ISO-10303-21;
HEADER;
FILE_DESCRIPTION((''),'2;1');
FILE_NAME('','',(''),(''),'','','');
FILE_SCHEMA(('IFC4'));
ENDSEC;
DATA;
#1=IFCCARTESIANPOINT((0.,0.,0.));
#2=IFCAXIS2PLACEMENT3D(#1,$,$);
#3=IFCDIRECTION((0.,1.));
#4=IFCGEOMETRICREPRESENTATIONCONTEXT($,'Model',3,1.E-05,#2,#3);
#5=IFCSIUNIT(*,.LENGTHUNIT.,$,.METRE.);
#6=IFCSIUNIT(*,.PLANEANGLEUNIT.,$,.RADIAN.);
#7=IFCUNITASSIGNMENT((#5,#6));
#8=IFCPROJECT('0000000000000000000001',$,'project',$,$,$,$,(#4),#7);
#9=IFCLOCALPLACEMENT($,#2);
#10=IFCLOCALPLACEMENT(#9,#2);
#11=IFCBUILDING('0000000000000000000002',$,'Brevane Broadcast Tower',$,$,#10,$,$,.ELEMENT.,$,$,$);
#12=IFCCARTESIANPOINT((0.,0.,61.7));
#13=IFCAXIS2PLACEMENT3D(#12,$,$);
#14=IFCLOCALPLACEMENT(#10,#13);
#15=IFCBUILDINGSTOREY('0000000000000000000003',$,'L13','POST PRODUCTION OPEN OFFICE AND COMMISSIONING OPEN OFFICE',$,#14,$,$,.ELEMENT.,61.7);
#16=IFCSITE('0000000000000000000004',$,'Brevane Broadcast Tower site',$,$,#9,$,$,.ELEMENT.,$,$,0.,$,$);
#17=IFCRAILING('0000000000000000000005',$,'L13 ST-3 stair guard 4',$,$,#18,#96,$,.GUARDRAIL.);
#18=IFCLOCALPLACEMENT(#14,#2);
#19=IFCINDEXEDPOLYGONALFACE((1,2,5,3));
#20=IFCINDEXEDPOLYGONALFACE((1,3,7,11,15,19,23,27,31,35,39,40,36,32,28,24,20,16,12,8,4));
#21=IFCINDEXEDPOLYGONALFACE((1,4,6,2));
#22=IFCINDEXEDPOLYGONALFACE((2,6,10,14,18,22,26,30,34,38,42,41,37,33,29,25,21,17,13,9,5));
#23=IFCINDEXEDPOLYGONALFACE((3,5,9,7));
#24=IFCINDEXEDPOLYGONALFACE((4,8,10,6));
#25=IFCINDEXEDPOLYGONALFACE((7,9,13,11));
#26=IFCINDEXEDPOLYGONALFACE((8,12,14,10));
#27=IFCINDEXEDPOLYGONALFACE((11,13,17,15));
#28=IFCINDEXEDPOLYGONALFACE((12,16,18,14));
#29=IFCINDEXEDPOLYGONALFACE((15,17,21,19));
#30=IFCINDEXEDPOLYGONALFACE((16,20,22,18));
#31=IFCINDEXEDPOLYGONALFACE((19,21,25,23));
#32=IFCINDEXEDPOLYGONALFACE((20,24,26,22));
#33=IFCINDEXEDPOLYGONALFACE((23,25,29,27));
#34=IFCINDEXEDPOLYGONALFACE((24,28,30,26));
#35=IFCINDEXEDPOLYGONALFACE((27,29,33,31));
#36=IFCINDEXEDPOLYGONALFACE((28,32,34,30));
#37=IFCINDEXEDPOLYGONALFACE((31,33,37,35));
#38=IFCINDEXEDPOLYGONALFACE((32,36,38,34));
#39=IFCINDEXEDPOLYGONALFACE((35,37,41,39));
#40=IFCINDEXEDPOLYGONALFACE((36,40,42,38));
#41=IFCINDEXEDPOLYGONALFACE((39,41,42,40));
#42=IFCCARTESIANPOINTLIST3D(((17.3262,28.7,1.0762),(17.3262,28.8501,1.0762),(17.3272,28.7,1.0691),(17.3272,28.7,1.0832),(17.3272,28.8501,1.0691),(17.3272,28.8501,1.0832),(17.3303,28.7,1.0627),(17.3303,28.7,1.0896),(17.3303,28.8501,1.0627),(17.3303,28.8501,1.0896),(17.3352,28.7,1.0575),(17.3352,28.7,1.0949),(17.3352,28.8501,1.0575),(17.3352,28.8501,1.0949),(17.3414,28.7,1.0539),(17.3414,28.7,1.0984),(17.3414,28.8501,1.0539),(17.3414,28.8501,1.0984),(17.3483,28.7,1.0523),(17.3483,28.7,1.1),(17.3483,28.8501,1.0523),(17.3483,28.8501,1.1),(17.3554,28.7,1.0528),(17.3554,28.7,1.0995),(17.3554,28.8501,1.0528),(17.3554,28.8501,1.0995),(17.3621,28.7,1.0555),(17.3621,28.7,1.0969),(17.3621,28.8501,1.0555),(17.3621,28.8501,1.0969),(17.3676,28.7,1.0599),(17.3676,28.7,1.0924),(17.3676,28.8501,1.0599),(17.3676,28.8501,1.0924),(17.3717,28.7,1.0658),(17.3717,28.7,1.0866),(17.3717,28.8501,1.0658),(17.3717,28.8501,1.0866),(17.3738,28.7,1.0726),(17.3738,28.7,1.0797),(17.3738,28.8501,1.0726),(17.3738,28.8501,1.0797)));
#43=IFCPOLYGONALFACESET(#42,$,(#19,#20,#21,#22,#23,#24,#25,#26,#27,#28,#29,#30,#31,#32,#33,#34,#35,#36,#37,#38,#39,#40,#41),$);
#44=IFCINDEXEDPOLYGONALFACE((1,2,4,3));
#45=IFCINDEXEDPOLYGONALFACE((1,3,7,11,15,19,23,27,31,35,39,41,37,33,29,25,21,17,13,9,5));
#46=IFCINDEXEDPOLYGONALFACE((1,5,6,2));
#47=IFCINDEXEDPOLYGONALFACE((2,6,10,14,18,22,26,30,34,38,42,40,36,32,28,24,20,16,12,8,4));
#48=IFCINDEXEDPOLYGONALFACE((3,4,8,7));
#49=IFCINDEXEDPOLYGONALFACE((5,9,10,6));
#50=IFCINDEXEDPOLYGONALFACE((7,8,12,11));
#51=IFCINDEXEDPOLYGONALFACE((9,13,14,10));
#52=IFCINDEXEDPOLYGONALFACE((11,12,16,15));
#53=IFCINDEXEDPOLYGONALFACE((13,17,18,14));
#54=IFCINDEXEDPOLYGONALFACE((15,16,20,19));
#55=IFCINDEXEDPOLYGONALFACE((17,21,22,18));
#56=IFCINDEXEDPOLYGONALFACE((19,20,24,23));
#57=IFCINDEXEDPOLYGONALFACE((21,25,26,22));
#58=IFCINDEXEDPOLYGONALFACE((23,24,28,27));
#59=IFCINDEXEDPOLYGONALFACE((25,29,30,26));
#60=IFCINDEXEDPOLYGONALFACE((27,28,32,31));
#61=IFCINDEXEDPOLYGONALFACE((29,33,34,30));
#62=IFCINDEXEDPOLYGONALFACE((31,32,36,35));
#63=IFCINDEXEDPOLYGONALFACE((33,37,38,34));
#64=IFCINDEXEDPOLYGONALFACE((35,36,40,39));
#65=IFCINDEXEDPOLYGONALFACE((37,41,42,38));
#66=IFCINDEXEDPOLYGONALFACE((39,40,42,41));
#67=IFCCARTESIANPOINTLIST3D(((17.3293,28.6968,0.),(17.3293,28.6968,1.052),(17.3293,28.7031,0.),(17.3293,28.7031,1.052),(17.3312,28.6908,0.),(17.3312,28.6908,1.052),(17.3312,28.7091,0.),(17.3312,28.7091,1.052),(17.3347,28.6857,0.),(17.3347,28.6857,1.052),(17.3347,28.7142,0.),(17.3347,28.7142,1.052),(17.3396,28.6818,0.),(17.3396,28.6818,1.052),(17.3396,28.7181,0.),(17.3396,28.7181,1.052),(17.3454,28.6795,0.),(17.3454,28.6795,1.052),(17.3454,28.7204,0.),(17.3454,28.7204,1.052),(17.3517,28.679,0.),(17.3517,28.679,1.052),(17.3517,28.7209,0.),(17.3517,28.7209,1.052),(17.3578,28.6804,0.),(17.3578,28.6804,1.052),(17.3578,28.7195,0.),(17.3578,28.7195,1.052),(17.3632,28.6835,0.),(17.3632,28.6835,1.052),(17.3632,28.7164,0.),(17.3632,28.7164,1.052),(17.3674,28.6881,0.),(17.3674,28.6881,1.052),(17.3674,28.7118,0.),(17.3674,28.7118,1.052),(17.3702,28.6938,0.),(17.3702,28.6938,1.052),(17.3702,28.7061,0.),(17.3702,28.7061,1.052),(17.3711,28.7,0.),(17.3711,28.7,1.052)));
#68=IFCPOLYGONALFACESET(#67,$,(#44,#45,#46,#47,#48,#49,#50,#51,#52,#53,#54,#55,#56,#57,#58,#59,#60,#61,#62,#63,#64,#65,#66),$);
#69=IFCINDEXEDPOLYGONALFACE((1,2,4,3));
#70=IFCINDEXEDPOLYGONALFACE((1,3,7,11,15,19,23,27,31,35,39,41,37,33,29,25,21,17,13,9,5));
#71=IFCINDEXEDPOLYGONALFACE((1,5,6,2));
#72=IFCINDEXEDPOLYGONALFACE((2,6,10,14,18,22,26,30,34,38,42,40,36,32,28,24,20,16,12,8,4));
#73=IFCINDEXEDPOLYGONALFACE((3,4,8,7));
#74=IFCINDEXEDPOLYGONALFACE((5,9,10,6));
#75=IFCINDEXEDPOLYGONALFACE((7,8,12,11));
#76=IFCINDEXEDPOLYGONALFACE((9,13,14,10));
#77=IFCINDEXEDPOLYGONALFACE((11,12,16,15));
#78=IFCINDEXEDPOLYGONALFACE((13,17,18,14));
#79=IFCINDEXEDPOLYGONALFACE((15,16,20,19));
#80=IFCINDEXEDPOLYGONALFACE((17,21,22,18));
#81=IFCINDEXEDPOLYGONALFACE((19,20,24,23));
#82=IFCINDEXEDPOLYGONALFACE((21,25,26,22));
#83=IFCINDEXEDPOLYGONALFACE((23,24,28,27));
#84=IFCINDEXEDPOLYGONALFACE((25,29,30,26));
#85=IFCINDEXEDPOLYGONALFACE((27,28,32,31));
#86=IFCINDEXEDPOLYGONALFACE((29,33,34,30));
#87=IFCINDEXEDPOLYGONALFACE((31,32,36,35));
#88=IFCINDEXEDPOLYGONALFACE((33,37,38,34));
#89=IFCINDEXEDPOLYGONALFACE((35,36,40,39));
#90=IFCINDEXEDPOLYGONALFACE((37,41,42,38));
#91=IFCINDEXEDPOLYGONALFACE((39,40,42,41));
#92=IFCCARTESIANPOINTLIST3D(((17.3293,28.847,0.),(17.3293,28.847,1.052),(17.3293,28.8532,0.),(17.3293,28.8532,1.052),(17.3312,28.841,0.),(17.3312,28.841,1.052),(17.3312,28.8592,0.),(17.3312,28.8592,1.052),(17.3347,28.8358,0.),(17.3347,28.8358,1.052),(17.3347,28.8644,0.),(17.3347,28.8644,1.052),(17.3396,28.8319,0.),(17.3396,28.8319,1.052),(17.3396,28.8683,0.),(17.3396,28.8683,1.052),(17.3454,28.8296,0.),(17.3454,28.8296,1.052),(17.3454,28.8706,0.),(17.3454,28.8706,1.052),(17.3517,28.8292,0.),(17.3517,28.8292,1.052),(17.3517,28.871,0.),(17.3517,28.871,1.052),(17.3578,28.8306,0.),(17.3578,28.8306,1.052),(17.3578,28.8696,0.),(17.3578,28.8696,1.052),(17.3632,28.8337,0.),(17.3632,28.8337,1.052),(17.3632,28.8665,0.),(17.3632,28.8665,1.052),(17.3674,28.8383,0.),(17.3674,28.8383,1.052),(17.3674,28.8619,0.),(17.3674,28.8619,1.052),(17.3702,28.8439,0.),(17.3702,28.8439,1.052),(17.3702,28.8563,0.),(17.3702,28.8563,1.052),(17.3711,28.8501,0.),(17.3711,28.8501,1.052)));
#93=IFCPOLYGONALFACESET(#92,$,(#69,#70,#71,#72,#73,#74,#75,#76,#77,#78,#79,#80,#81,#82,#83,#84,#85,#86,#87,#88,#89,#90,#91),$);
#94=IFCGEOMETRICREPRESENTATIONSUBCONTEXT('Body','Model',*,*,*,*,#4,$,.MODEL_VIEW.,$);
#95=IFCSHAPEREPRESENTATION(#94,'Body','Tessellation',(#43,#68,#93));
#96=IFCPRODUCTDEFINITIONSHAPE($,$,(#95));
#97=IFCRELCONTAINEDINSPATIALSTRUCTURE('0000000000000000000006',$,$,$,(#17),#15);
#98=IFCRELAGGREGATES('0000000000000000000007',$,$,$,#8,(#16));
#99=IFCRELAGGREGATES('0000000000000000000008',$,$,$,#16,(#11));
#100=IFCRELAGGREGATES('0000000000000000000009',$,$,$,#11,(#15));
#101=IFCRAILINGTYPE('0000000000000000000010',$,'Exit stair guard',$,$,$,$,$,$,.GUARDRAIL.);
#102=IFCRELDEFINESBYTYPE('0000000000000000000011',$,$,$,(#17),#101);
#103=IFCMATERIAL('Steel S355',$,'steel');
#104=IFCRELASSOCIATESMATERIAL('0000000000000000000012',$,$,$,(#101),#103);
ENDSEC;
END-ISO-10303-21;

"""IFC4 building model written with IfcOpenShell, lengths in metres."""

from ifc_helpers import new_model, si_unit, direction, frame, origin, origin_2d, place, context, subcontext, project, spatial, circle, extrude, material, type_object, element, save


model = new_model("IFC4")

# Units and contexts
model_context = context("Model", 3, precision=1e-05, world=origin(), true_north=direction((0.0, 1.0)))
body_context = subcontext(model_context, "Body", "Model", "MODEL_VIEW")
ifc_project = project(units=[si_unit("LENGTHUNIT", "METRE"), si_unit("PLANEANGLEUNIT", "RADIAN")], contexts=[model_context])

# Site, building, storey
site_placement = place(None, origin())
site = spatial("IfcSite", under=ifc_project, at=site_placement, Name="Brevane Broadcast Tower site", CompositionType="ELEMENT", RefElevation=0.0)
building_placement = place(site_placement, origin())
building = spatial("IfcBuilding", under=site, at=building_placement, Name="Brevane Broadcast Tower", CompositionType="ELEMENT")
storey_placement = place(building_placement, frame((0.0, 0.0, 61.7)))
storey = spatial("IfcBuildingStorey", under=building, at=storey_placement, Name="L13", Description="POST PRODUCTION OPEN OFFICE AND COMMISSIONING OPEN OFFICE", CompositionType="ELEMENT", Elevation=61.7)

# Railing
ifc_material_1 = material(Name="Steel S355", Category="steel")
railing_type_1 = type_object("IfcRailingType", Name="Exit stair guard", PredefinedType="GUARDRAIL", material=ifc_material_1)
railing_1_placement = place(storey_placement, frame((17.3501, 28.7, 0.0)))
element("IfcRailing", 1, at=railing_1_placement, inside=storey, type_object=railing_type_1, Name="L13 ST-3 stair guard 4", PredefinedType="GUARDRAIL", context=body_context, shape_type="SweptSolid", body=[
    extrude(circle(Radius=0.0239, at=origin_2d()), frame((0.0, 0.0, 1.0762), z_axis=(0.0, 1.0, 0.0), x_axis=(-1.0, 0.0, 0.0)), (0.0, 0.0, 1.0), 0.1501),
    extrude(circle(Radius=0.021, at=origin_2d()), origin(), (0.0, 0.0, 1.0), 1.052),
    extrude(circle(Radius=0.021, at=origin_2d()), frame((0.0, 0.1501, 0.0)), (0.0, 0.0, 1.0), 1.052),
])

save(model, "model.ifc")
